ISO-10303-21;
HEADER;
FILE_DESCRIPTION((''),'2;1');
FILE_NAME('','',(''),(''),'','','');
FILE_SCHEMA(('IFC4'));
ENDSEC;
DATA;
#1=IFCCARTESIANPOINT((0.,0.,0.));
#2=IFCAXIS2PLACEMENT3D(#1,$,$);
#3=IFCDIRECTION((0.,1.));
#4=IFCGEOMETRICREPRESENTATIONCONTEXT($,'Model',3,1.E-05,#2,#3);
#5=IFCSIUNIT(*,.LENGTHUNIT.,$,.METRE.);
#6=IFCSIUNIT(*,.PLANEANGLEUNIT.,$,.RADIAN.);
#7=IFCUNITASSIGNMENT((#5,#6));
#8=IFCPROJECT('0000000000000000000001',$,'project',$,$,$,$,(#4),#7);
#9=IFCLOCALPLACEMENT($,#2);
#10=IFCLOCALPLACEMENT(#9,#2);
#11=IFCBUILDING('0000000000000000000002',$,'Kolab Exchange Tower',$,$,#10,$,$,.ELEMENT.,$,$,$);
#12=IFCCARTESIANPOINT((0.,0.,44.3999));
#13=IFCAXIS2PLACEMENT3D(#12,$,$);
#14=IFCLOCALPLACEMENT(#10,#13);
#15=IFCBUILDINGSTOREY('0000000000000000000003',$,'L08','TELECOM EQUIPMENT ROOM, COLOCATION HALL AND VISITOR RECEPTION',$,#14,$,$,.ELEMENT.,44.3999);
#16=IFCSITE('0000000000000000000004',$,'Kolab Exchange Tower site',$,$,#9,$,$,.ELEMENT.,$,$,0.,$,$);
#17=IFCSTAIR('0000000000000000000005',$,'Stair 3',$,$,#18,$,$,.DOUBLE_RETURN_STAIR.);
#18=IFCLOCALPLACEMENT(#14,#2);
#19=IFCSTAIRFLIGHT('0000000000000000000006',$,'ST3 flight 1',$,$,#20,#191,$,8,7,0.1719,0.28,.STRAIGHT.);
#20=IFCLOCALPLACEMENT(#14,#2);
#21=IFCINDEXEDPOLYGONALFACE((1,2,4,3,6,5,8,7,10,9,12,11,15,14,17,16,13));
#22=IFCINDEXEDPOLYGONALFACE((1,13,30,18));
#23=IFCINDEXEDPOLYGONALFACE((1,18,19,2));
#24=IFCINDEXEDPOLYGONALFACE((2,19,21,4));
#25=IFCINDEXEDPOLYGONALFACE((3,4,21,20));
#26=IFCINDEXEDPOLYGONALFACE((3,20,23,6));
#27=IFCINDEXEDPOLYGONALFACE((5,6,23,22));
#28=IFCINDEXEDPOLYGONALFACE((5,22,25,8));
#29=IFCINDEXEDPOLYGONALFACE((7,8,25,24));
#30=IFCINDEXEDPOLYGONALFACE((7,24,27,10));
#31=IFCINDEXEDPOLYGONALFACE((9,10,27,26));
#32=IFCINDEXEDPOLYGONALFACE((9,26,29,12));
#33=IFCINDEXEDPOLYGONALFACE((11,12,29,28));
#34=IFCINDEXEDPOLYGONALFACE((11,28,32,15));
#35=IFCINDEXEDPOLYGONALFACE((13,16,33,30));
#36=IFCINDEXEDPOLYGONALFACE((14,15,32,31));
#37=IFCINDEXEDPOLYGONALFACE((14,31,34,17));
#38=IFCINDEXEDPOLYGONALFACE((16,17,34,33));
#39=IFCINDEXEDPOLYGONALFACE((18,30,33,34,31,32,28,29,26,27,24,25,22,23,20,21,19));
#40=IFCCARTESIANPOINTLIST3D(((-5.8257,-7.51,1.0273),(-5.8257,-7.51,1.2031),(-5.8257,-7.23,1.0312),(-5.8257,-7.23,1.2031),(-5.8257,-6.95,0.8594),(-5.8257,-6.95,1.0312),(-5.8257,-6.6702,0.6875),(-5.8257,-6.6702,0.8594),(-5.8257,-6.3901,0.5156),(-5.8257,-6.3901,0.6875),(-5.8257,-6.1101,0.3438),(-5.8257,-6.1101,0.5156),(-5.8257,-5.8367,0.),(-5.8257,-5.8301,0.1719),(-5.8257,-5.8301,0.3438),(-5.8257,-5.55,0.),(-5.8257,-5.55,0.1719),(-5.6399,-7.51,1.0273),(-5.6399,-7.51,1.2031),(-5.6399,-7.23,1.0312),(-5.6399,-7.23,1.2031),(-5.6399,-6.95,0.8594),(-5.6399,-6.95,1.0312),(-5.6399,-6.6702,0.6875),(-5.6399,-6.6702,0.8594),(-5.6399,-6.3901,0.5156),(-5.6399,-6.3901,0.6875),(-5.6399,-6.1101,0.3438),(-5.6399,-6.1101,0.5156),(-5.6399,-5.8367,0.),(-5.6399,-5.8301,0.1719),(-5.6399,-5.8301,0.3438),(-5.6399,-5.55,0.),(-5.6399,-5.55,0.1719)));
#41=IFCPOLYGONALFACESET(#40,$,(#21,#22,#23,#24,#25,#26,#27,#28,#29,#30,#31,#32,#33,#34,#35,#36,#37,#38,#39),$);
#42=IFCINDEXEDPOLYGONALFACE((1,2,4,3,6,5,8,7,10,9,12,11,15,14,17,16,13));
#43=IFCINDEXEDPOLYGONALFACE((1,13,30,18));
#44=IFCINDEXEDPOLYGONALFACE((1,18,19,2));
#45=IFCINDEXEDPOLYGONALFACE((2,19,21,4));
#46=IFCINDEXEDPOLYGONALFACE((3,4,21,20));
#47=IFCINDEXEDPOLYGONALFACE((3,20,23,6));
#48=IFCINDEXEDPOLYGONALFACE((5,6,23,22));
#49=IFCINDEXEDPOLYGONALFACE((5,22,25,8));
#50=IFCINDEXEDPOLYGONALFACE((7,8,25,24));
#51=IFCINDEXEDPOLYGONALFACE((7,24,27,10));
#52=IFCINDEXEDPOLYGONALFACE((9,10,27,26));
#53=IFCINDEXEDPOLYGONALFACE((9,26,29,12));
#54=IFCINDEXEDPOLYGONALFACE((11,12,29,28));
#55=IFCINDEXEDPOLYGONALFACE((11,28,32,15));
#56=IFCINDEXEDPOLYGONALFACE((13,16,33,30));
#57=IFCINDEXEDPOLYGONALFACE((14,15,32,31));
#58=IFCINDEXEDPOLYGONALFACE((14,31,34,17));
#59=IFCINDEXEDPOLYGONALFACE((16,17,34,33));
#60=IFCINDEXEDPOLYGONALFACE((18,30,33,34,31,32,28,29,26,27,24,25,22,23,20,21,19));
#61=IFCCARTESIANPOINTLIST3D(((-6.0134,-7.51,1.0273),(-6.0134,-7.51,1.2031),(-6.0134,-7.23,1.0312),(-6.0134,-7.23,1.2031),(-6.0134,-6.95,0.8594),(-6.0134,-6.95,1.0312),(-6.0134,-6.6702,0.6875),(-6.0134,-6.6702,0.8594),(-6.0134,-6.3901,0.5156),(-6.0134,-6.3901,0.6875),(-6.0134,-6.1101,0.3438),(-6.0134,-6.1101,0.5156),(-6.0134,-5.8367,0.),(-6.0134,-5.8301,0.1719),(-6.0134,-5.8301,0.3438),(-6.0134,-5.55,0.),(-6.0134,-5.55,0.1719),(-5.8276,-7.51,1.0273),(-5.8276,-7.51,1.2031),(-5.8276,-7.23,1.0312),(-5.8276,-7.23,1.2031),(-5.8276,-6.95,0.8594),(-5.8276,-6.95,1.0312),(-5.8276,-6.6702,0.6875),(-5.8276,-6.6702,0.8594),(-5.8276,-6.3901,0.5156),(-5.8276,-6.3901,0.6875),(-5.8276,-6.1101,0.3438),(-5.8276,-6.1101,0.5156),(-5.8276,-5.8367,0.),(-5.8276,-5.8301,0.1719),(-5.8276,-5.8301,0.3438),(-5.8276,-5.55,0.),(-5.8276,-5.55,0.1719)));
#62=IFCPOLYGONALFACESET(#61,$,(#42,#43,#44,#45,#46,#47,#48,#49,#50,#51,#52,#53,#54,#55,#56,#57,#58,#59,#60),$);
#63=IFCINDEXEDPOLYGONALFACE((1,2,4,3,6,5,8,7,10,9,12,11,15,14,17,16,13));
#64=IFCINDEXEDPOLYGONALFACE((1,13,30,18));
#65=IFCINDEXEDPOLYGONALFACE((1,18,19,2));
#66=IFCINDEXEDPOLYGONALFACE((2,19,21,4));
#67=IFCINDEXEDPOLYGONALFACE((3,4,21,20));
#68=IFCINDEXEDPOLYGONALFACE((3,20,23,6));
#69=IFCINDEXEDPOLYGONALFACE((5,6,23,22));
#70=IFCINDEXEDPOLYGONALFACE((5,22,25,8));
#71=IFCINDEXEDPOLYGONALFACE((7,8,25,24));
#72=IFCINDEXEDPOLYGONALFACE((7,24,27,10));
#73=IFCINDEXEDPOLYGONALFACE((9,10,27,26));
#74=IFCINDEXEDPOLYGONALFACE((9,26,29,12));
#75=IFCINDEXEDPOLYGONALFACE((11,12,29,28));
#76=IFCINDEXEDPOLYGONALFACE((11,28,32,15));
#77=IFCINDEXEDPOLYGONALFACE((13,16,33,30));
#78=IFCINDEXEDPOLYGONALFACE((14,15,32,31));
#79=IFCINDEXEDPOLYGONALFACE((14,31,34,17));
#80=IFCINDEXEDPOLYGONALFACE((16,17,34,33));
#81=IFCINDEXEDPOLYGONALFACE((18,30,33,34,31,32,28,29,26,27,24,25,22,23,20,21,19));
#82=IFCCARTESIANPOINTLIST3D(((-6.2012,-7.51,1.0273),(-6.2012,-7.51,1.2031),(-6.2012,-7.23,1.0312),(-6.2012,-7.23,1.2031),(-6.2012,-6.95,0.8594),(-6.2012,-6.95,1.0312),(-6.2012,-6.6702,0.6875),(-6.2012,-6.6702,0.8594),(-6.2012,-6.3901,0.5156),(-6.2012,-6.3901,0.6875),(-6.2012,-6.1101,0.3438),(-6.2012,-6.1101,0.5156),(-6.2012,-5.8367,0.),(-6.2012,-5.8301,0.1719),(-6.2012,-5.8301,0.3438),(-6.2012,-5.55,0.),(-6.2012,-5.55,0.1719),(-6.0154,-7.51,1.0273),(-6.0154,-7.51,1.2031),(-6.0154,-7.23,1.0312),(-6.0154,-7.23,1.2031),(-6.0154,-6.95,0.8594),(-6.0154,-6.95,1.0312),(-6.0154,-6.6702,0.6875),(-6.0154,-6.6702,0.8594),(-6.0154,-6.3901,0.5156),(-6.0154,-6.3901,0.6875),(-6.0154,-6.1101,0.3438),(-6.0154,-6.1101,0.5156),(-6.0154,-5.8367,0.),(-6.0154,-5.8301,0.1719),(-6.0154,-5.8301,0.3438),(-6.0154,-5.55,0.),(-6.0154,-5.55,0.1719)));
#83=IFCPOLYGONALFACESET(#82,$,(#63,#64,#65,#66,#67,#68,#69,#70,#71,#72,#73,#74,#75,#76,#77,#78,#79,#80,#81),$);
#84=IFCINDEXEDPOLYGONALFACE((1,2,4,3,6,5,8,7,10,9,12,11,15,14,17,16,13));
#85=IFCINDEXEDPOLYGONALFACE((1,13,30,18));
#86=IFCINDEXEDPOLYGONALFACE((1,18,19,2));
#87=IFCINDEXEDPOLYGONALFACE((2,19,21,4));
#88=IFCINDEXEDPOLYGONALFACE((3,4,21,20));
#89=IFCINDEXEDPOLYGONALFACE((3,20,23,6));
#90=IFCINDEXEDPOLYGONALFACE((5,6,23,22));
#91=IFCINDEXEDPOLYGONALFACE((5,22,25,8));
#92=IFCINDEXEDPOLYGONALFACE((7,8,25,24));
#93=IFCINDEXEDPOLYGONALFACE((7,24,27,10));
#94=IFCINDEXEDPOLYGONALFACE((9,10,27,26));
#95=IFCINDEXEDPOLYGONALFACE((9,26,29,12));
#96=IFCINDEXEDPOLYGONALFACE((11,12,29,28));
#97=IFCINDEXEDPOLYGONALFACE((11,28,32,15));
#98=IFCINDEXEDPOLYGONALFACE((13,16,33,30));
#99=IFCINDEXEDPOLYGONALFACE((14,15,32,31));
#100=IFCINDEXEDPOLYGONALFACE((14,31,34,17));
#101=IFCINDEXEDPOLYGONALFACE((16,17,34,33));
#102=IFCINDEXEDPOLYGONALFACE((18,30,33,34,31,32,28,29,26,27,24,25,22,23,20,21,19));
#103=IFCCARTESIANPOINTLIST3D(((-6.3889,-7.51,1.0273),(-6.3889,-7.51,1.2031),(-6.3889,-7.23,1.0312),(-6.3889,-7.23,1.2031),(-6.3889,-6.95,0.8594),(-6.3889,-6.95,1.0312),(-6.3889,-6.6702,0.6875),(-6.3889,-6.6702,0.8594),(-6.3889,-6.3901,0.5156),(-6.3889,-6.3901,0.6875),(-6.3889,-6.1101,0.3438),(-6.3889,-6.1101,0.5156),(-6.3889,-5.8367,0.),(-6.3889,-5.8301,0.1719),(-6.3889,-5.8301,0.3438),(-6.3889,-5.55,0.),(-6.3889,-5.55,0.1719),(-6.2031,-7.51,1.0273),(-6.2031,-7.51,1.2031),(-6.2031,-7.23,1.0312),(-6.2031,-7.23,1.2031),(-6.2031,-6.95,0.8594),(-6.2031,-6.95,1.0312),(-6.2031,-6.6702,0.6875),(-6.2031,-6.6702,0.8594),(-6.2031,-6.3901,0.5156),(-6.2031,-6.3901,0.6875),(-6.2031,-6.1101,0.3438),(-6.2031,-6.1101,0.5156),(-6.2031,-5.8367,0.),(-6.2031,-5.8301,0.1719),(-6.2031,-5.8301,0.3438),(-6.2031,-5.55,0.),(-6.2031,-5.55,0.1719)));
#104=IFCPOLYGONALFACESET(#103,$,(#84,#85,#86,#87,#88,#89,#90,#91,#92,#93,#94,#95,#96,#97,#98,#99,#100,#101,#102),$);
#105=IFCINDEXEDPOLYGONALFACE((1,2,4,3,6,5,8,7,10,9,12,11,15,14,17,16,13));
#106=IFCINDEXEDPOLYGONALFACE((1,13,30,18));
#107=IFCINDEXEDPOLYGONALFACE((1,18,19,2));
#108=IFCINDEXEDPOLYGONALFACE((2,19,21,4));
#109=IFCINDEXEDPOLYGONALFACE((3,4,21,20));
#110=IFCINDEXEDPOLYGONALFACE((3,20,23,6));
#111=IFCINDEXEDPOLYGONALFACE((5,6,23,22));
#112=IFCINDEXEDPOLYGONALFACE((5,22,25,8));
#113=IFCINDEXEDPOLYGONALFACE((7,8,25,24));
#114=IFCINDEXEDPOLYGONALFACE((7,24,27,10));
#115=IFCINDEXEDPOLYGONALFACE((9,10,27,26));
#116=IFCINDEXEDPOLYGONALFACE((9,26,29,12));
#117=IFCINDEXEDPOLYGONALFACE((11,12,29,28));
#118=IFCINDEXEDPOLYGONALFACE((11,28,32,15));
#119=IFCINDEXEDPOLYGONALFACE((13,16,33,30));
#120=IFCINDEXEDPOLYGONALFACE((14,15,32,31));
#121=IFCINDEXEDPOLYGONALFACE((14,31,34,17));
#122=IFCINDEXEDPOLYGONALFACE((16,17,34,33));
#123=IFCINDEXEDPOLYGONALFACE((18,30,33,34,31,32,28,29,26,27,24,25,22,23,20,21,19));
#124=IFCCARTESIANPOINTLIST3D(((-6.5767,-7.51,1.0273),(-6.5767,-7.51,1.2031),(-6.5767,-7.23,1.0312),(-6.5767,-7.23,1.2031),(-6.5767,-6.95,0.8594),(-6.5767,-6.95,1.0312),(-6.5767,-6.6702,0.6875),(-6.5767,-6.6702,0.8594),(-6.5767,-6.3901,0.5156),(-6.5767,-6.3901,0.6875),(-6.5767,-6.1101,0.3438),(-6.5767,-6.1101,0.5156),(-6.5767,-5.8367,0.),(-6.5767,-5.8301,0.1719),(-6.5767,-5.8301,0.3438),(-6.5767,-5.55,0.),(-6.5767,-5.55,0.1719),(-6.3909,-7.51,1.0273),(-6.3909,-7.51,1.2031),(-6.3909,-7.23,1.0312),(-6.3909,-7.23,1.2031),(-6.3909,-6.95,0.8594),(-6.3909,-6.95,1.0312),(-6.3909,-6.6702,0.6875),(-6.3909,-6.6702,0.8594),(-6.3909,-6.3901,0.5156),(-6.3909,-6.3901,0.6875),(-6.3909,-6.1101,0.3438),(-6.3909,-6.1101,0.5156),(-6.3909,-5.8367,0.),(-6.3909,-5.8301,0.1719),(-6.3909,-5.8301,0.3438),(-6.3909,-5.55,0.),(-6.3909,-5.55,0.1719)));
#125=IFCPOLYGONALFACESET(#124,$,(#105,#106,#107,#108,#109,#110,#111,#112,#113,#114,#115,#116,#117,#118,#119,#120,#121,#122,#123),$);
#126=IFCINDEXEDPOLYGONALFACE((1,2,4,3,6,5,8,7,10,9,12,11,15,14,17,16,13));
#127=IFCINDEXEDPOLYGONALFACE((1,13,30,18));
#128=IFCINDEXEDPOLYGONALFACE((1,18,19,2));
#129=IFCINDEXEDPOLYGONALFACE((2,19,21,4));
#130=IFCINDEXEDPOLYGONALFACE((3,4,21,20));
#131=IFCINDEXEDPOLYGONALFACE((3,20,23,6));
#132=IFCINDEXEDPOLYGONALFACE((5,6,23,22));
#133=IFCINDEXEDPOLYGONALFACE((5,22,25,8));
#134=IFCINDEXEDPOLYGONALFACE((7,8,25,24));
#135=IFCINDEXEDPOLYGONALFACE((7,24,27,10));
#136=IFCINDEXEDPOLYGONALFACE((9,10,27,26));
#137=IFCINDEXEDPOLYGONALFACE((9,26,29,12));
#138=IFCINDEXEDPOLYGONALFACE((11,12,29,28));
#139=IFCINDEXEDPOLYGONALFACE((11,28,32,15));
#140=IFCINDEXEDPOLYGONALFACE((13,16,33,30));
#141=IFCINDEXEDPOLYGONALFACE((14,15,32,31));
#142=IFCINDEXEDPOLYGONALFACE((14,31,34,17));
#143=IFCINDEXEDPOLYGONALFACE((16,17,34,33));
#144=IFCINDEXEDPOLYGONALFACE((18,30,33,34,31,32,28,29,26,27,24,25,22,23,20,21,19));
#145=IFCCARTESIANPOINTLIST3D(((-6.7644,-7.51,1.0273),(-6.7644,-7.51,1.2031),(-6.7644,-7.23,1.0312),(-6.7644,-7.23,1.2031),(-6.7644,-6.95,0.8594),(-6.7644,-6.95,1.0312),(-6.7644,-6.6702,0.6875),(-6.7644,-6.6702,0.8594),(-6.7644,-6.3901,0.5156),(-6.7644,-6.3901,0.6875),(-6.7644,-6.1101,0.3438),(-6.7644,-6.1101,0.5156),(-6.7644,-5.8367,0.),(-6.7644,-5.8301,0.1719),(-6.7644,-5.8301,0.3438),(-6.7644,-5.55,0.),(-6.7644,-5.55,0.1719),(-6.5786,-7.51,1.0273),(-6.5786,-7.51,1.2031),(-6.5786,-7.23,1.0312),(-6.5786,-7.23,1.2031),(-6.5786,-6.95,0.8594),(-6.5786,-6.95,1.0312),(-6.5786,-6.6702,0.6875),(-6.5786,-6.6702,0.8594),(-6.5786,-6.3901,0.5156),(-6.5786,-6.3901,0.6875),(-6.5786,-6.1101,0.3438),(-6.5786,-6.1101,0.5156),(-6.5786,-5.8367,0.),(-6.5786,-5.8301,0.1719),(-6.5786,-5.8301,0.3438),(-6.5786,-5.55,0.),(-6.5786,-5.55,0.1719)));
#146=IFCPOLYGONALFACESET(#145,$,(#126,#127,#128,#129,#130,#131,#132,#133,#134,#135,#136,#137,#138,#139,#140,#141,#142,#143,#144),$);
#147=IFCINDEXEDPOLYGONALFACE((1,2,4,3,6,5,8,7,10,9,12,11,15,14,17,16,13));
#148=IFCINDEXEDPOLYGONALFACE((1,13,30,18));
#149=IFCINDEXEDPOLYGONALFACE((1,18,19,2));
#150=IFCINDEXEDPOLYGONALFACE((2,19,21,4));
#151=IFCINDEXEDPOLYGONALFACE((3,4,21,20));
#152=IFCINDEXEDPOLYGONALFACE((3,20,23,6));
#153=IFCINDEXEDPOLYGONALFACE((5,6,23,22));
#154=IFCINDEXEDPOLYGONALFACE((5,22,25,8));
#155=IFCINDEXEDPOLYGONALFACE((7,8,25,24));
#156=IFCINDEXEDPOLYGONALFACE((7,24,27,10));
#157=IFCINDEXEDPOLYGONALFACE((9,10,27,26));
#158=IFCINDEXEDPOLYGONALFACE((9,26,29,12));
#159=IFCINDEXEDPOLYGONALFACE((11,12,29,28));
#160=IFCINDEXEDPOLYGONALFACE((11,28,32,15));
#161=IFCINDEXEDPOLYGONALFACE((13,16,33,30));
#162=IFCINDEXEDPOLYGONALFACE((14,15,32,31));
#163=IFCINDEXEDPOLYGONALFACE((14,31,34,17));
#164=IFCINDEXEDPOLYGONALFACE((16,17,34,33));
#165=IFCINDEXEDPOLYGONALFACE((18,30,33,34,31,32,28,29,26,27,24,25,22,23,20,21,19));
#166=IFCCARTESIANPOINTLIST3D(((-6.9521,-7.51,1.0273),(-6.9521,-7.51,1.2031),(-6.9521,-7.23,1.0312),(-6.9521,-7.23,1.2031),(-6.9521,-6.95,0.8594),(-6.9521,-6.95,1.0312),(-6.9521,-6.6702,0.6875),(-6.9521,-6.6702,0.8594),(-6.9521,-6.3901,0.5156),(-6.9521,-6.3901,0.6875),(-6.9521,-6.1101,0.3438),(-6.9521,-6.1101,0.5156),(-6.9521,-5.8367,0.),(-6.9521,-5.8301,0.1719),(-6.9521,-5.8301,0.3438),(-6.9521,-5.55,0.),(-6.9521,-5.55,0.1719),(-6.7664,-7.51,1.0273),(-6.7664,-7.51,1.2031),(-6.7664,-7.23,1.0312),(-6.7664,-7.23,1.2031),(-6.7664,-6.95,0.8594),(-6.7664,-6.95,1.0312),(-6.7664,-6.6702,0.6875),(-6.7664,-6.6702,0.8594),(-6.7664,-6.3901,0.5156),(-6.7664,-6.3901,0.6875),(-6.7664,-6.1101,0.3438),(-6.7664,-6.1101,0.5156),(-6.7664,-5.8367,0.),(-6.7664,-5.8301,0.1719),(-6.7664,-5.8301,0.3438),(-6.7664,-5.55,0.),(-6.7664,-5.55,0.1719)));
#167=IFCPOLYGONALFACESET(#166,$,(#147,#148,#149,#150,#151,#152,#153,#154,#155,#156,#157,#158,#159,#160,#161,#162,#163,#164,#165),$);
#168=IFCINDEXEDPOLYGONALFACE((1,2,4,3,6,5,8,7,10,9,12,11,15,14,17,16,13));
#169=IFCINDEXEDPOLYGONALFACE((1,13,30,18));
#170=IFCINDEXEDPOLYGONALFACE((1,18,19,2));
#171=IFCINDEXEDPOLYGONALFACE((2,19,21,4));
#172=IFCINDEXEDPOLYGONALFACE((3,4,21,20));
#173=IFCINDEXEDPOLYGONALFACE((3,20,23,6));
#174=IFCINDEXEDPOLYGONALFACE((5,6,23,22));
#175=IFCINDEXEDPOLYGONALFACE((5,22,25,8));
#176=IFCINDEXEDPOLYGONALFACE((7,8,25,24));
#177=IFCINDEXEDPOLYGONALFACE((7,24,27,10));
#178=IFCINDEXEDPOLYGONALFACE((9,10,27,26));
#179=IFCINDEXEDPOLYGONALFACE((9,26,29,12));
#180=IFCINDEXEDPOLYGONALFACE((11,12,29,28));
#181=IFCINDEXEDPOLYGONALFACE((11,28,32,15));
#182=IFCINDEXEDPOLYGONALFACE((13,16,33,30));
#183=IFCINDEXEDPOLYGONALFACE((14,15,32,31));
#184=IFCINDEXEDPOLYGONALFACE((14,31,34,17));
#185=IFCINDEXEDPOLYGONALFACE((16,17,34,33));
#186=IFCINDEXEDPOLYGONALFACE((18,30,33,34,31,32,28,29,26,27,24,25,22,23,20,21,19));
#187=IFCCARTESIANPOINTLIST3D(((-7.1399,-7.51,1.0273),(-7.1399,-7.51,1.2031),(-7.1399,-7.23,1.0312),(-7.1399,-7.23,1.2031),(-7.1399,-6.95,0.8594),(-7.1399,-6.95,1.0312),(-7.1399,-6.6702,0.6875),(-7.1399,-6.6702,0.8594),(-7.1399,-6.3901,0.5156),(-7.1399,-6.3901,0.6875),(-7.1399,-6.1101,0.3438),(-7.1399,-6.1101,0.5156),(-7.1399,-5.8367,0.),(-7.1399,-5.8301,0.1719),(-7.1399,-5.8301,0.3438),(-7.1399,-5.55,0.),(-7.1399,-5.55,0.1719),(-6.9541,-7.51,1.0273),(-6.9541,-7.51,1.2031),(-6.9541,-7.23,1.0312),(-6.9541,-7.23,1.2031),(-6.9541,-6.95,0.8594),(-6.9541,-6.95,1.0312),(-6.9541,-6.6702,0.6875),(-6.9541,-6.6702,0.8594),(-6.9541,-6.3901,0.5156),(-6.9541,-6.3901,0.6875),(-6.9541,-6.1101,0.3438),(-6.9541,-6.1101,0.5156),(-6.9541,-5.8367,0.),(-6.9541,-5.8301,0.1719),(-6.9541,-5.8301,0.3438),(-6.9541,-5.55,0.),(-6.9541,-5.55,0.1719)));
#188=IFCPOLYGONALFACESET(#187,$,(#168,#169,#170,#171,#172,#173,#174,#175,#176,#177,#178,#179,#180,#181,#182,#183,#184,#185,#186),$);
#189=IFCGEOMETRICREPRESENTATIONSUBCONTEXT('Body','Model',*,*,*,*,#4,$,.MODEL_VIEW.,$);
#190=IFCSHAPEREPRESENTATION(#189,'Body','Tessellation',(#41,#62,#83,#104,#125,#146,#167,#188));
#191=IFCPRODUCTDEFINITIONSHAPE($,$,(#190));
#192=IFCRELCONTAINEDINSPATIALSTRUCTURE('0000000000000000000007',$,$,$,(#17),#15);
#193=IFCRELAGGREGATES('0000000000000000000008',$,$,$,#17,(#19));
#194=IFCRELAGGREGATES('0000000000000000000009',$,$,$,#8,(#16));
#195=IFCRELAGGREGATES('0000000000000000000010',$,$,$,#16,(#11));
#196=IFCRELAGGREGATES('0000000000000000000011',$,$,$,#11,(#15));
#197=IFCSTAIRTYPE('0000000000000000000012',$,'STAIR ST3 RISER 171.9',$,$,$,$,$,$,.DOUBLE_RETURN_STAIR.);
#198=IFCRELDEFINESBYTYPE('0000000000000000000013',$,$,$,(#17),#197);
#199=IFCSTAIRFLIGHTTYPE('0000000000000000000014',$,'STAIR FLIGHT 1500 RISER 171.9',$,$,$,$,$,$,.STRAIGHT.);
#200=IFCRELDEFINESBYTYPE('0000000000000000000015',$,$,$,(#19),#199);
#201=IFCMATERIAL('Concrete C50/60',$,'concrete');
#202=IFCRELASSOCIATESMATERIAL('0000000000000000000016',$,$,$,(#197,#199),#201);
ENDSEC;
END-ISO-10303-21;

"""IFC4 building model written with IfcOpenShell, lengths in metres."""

from ifc_helpers import new_model, si_unit, direction, frame, origin, place, context, subcontext, project, spatial, polyline, outline, extrude, material, type_object, element, aggregate, save


model = new_model("IFC4")

# Units and contexts
model_context = context("Model", 3, precision=1e-05, world=origin(), true_north=direction((0.0, 1.0)))
body_context = subcontext(model_context, "Body", "Model", "MODEL_VIEW")
ifc_project = project(units=[si_unit("LENGTHUNIT", "METRE"), si_unit("PLANEANGLEUNIT", "RADIAN")], contexts=[model_context])

# Site, building, storey
site_placement = place(None, origin())
site = spatial("IfcSite", under=ifc_project, at=site_placement, Name="Kolab Exchange Tower site", CompositionType="ELEMENT", RefElevation=0.0)
building_placement = place(site_placement, origin())
building = spatial("IfcBuilding", under=site, at=building_placement, Name="Kolab Exchange Tower", CompositionType="ELEMENT")
storey_placement = place(building_placement, frame((0.0, 0.0, 44.3999)))
storey = spatial("IfcBuildingStorey", under=building, at=storey_placement, Name="L08", Description="TELECOM EQUIPMENT ROOM, COLOCATION HALL AND VISITOR RECEPTION", CompositionType="ELEMENT", Elevation=44.3999)

# Shared definitions
ifc_material_1 = material(Name="Concrete C50/60", Category="concrete")

# Stair, stair flight
stair_type = type_object("IfcStairType", Name="STAIR ST3 RISER 171.9", PredefinedType="DOUBLE_RETURN_STAIR", material=ifc_material_1)
stair_placement = place(storey_placement, origin())
stair = element("IfcStair", 1, at=stair_placement, inside=storey, type_object=stair_type, Name="Stair 3", PredefinedType="DOUBLE_RETURN_STAIR")
stair_flight_type = type_object("IfcStairFlightType", Name="STAIR FLIGHT 1500 RISER 171.9", PredefinedType="STRAIGHT", material=ifc_material_1)
stair_flight_1_placement = place(storey_placement, frame((-6.3899, -5.55, 0.0), z_axis=(0.0, 0.0, 1.0), x_axis=(0.0, -1.0, 0.0)))
stair_flight_1 = element("IfcStairFlight", 2, at=stair_flight_1_placement, type_object=stair_flight_type, Name="ST3 flight 1", NumberOfRisers=8, NumberOfTreads=7, PredefinedType="STRAIGHT", RiserHeight=0.1719, TreadLength=0.28, context=body_context, shape_type="SweptSolid", body=[
    extrude(outline(polyline([(0.0, 0.0), (0.0, 0.1719), (0.28, 0.1719), (0.28, 0.3438), (0.5601, 0.3438), (0.5601, 0.5156), (0.8401, 0.5156), (0.8401, 0.6875), (1.1201, 0.6875), (1.1201, 0.8594), (1.3999, 0.8594), (1.3999, 1.0312), (1.6799, 1.0312), (1.6799, 1.2031), (1.96, 1.2031), (1.96, 1.375), (1.96, 1.0273), (0.2866, 0.0), (0.0, 0.0)])), frame((0.0, 0.75, 0.0), z_axis=(0.0, -1.0, 0.0), x_axis=(1.0, 0.0, 0.0)), (0.0, 0.0, 1.0), 0.1858),
    extrude(outline(polyline([(0.0, 0.0), (0.0, 0.1719), (0.28, 0.1719), (0.28, 0.3438), (0.5601, 0.3438), (0.5601, 0.5156), (0.8401, 0.5156), (0.8401, 0.6875), (1.1201, 0.6875), (1.1201, 0.8594), (1.3999, 0.8594), (1.3999, 1.0312), (1.6799, 1.0312), (1.6799, 1.2031), (1.96, 1.2031), (1.96, 1.375), (1.96, 1.0273), (0.2866, 0.0), (0.0, 0.0)])), frame((0.0, 0.5623, 0.0), z_axis=(0.0, -1.0, 0.0), x_axis=(1.0, 0.0, 0.0)), (0.0, 0.0, 1.0), 0.1858),
    extrude(outline(polyline([(0.0, 0.0), (0.0, 0.1719), (0.28, 0.1719), (0.28, 0.3438), (0.5601, 0.3438), (0.5601, 0.5156), (0.8401, 0.5156), (0.8401, 0.6875), (1.1201, 0.6875), (1.1201, 0.8594), (1.3999, 0.8594), (1.3999, 1.0312), (1.6799, 1.0312), (1.6799, 1.2031), (1.96, 1.2031), (1.96, 1.375), (1.96, 1.0273), (0.2866, 0.0), (0.0, 0.0)])), frame((0.0, 0.3745, 0.0), z_axis=(0.0, -1.0, 0.0), x_axis=(1.0, 0.0, 0.0)), (0.0, 0.0, 1.0), 0.1858),
    extrude(outline(polyline([(0.0, 0.0), (0.0, 0.1719), (0.28, 0.1719), (0.28, 0.3438), (0.5601, 0.3438), (0.5601, 0.5156), (0.8401, 0.5156), (0.8401, 0.6875), (1.1201, 0.6875), (1.1201, 0.8594), (1.3999, 0.8594), (1.3999, 1.0312), (1.6799, 1.0312), (1.6799, 1.2031), (1.96, 1.2031), (1.96, 1.375), (1.96, 1.0273), (0.2866, 0.0), (0.0, 0.0)])), frame((0.0, 0.1868, 0.0), z_axis=(0.0, -1.0, 0.0), x_axis=(1.0, 0.0, 0.0)), (0.0, 0.0, 1.0), 0.1858),
    extrude(outline(polyline([(0.0, 0.0), (0.0, 0.1719), (0.28, 0.1719), (0.28, 0.3438), (0.5601, 0.3438), (0.5601, 0.5156), (0.8401, 0.5156), (0.8401, 0.6875), (1.1201, 0.6875), (1.1201, 0.8594), (1.3999, 0.8594), (1.3999, 1.0312), (1.6799, 1.0312), (1.6799, 1.2031), (1.96, 1.2031), (1.96, 1.375), (1.96, 1.0273), (0.2866, 0.0), (0.0, 0.0)])), frame((0.0, -0.001, 0.0), z_axis=(0.0, -1.0, 0.0), x_axis=(1.0, 0.0, 0.0)), (0.0, 0.0, 1.0), 0.1858),
    extrude(outline(polyline([(0.0, 0.0), (0.0, 0.1719), (0.28, 0.1719), (0.28, 0.3438), (0.5601, 0.3438), (0.5601, 0.5156), (0.8401, 0.5156), (0.8401, 0.6875), (1.1201, 0.6875), (1.1201, 0.8594), (1.3999, 0.8594), (1.3999, 1.0312), (1.6799, 1.0312), (1.6799, 1.2031), (1.96, 1.2031), (1.96, 1.375), (1.96, 1.0273), (0.2866, 0.0), (0.0, 0.0)])), frame((0.0, -0.1887, 0.0), z_axis=(0.0, -1.0, 0.0), x_axis=(1.0, 0.0, 0.0)), (0.0, 0.0, 1.0), 0.1858),
    extrude(outline(polyline([(0.0, 0.0), (0.0, 0.1719), (0.28, 0.1719), (0.28, 0.3438), (0.5601, 0.3438), (0.5601, 0.5156), (0.8401, 0.5156), (0.8401, 0.6875), (1.1201, 0.6875), (1.1201, 0.8594), (1.3999, 0.8594), (1.3999, 1.0312), (1.6799, 1.0312), (1.6799, 1.2031), (1.96, 1.2031), (1.96, 1.375), (1.96, 1.0273), (0.2866, 0.0), (0.0, 0.0)])), frame((0.0, -0.3765, 0.0), z_axis=(0.0, -1.0, 0.0), x_axis=(1.0, 0.0, 0.0)), (0.0, 0.0, 1.0), 0.1858),
    extrude(outline(polyline([(0.0, 0.0), (0.0, 0.1719), (0.28, 0.1719), (0.28, 0.3438), (0.5601, 0.3438), (0.5601, 0.5156), (0.8401, 0.5156), (0.8401, 0.6875), (1.1201, 0.6875), (1.1201, 0.8594), (1.3999, 0.8594), (1.3999, 1.0312), (1.6799, 1.0312), (1.6799, 1.2031), (1.96, 1.2031), (1.96, 1.375), (1.96, 1.0273), (0.2866, 0.0), (0.0, 0.0)])), frame((0.0, -0.5642, 0.0), z_axis=(0.0, -1.0, 0.0), x_axis=(1.0, 0.0, 0.0)), (0.0, 0.0, 1.0), 0.1858),
])
aggregate(stair, [stair_flight_1])

save(model, "model.ifc")
